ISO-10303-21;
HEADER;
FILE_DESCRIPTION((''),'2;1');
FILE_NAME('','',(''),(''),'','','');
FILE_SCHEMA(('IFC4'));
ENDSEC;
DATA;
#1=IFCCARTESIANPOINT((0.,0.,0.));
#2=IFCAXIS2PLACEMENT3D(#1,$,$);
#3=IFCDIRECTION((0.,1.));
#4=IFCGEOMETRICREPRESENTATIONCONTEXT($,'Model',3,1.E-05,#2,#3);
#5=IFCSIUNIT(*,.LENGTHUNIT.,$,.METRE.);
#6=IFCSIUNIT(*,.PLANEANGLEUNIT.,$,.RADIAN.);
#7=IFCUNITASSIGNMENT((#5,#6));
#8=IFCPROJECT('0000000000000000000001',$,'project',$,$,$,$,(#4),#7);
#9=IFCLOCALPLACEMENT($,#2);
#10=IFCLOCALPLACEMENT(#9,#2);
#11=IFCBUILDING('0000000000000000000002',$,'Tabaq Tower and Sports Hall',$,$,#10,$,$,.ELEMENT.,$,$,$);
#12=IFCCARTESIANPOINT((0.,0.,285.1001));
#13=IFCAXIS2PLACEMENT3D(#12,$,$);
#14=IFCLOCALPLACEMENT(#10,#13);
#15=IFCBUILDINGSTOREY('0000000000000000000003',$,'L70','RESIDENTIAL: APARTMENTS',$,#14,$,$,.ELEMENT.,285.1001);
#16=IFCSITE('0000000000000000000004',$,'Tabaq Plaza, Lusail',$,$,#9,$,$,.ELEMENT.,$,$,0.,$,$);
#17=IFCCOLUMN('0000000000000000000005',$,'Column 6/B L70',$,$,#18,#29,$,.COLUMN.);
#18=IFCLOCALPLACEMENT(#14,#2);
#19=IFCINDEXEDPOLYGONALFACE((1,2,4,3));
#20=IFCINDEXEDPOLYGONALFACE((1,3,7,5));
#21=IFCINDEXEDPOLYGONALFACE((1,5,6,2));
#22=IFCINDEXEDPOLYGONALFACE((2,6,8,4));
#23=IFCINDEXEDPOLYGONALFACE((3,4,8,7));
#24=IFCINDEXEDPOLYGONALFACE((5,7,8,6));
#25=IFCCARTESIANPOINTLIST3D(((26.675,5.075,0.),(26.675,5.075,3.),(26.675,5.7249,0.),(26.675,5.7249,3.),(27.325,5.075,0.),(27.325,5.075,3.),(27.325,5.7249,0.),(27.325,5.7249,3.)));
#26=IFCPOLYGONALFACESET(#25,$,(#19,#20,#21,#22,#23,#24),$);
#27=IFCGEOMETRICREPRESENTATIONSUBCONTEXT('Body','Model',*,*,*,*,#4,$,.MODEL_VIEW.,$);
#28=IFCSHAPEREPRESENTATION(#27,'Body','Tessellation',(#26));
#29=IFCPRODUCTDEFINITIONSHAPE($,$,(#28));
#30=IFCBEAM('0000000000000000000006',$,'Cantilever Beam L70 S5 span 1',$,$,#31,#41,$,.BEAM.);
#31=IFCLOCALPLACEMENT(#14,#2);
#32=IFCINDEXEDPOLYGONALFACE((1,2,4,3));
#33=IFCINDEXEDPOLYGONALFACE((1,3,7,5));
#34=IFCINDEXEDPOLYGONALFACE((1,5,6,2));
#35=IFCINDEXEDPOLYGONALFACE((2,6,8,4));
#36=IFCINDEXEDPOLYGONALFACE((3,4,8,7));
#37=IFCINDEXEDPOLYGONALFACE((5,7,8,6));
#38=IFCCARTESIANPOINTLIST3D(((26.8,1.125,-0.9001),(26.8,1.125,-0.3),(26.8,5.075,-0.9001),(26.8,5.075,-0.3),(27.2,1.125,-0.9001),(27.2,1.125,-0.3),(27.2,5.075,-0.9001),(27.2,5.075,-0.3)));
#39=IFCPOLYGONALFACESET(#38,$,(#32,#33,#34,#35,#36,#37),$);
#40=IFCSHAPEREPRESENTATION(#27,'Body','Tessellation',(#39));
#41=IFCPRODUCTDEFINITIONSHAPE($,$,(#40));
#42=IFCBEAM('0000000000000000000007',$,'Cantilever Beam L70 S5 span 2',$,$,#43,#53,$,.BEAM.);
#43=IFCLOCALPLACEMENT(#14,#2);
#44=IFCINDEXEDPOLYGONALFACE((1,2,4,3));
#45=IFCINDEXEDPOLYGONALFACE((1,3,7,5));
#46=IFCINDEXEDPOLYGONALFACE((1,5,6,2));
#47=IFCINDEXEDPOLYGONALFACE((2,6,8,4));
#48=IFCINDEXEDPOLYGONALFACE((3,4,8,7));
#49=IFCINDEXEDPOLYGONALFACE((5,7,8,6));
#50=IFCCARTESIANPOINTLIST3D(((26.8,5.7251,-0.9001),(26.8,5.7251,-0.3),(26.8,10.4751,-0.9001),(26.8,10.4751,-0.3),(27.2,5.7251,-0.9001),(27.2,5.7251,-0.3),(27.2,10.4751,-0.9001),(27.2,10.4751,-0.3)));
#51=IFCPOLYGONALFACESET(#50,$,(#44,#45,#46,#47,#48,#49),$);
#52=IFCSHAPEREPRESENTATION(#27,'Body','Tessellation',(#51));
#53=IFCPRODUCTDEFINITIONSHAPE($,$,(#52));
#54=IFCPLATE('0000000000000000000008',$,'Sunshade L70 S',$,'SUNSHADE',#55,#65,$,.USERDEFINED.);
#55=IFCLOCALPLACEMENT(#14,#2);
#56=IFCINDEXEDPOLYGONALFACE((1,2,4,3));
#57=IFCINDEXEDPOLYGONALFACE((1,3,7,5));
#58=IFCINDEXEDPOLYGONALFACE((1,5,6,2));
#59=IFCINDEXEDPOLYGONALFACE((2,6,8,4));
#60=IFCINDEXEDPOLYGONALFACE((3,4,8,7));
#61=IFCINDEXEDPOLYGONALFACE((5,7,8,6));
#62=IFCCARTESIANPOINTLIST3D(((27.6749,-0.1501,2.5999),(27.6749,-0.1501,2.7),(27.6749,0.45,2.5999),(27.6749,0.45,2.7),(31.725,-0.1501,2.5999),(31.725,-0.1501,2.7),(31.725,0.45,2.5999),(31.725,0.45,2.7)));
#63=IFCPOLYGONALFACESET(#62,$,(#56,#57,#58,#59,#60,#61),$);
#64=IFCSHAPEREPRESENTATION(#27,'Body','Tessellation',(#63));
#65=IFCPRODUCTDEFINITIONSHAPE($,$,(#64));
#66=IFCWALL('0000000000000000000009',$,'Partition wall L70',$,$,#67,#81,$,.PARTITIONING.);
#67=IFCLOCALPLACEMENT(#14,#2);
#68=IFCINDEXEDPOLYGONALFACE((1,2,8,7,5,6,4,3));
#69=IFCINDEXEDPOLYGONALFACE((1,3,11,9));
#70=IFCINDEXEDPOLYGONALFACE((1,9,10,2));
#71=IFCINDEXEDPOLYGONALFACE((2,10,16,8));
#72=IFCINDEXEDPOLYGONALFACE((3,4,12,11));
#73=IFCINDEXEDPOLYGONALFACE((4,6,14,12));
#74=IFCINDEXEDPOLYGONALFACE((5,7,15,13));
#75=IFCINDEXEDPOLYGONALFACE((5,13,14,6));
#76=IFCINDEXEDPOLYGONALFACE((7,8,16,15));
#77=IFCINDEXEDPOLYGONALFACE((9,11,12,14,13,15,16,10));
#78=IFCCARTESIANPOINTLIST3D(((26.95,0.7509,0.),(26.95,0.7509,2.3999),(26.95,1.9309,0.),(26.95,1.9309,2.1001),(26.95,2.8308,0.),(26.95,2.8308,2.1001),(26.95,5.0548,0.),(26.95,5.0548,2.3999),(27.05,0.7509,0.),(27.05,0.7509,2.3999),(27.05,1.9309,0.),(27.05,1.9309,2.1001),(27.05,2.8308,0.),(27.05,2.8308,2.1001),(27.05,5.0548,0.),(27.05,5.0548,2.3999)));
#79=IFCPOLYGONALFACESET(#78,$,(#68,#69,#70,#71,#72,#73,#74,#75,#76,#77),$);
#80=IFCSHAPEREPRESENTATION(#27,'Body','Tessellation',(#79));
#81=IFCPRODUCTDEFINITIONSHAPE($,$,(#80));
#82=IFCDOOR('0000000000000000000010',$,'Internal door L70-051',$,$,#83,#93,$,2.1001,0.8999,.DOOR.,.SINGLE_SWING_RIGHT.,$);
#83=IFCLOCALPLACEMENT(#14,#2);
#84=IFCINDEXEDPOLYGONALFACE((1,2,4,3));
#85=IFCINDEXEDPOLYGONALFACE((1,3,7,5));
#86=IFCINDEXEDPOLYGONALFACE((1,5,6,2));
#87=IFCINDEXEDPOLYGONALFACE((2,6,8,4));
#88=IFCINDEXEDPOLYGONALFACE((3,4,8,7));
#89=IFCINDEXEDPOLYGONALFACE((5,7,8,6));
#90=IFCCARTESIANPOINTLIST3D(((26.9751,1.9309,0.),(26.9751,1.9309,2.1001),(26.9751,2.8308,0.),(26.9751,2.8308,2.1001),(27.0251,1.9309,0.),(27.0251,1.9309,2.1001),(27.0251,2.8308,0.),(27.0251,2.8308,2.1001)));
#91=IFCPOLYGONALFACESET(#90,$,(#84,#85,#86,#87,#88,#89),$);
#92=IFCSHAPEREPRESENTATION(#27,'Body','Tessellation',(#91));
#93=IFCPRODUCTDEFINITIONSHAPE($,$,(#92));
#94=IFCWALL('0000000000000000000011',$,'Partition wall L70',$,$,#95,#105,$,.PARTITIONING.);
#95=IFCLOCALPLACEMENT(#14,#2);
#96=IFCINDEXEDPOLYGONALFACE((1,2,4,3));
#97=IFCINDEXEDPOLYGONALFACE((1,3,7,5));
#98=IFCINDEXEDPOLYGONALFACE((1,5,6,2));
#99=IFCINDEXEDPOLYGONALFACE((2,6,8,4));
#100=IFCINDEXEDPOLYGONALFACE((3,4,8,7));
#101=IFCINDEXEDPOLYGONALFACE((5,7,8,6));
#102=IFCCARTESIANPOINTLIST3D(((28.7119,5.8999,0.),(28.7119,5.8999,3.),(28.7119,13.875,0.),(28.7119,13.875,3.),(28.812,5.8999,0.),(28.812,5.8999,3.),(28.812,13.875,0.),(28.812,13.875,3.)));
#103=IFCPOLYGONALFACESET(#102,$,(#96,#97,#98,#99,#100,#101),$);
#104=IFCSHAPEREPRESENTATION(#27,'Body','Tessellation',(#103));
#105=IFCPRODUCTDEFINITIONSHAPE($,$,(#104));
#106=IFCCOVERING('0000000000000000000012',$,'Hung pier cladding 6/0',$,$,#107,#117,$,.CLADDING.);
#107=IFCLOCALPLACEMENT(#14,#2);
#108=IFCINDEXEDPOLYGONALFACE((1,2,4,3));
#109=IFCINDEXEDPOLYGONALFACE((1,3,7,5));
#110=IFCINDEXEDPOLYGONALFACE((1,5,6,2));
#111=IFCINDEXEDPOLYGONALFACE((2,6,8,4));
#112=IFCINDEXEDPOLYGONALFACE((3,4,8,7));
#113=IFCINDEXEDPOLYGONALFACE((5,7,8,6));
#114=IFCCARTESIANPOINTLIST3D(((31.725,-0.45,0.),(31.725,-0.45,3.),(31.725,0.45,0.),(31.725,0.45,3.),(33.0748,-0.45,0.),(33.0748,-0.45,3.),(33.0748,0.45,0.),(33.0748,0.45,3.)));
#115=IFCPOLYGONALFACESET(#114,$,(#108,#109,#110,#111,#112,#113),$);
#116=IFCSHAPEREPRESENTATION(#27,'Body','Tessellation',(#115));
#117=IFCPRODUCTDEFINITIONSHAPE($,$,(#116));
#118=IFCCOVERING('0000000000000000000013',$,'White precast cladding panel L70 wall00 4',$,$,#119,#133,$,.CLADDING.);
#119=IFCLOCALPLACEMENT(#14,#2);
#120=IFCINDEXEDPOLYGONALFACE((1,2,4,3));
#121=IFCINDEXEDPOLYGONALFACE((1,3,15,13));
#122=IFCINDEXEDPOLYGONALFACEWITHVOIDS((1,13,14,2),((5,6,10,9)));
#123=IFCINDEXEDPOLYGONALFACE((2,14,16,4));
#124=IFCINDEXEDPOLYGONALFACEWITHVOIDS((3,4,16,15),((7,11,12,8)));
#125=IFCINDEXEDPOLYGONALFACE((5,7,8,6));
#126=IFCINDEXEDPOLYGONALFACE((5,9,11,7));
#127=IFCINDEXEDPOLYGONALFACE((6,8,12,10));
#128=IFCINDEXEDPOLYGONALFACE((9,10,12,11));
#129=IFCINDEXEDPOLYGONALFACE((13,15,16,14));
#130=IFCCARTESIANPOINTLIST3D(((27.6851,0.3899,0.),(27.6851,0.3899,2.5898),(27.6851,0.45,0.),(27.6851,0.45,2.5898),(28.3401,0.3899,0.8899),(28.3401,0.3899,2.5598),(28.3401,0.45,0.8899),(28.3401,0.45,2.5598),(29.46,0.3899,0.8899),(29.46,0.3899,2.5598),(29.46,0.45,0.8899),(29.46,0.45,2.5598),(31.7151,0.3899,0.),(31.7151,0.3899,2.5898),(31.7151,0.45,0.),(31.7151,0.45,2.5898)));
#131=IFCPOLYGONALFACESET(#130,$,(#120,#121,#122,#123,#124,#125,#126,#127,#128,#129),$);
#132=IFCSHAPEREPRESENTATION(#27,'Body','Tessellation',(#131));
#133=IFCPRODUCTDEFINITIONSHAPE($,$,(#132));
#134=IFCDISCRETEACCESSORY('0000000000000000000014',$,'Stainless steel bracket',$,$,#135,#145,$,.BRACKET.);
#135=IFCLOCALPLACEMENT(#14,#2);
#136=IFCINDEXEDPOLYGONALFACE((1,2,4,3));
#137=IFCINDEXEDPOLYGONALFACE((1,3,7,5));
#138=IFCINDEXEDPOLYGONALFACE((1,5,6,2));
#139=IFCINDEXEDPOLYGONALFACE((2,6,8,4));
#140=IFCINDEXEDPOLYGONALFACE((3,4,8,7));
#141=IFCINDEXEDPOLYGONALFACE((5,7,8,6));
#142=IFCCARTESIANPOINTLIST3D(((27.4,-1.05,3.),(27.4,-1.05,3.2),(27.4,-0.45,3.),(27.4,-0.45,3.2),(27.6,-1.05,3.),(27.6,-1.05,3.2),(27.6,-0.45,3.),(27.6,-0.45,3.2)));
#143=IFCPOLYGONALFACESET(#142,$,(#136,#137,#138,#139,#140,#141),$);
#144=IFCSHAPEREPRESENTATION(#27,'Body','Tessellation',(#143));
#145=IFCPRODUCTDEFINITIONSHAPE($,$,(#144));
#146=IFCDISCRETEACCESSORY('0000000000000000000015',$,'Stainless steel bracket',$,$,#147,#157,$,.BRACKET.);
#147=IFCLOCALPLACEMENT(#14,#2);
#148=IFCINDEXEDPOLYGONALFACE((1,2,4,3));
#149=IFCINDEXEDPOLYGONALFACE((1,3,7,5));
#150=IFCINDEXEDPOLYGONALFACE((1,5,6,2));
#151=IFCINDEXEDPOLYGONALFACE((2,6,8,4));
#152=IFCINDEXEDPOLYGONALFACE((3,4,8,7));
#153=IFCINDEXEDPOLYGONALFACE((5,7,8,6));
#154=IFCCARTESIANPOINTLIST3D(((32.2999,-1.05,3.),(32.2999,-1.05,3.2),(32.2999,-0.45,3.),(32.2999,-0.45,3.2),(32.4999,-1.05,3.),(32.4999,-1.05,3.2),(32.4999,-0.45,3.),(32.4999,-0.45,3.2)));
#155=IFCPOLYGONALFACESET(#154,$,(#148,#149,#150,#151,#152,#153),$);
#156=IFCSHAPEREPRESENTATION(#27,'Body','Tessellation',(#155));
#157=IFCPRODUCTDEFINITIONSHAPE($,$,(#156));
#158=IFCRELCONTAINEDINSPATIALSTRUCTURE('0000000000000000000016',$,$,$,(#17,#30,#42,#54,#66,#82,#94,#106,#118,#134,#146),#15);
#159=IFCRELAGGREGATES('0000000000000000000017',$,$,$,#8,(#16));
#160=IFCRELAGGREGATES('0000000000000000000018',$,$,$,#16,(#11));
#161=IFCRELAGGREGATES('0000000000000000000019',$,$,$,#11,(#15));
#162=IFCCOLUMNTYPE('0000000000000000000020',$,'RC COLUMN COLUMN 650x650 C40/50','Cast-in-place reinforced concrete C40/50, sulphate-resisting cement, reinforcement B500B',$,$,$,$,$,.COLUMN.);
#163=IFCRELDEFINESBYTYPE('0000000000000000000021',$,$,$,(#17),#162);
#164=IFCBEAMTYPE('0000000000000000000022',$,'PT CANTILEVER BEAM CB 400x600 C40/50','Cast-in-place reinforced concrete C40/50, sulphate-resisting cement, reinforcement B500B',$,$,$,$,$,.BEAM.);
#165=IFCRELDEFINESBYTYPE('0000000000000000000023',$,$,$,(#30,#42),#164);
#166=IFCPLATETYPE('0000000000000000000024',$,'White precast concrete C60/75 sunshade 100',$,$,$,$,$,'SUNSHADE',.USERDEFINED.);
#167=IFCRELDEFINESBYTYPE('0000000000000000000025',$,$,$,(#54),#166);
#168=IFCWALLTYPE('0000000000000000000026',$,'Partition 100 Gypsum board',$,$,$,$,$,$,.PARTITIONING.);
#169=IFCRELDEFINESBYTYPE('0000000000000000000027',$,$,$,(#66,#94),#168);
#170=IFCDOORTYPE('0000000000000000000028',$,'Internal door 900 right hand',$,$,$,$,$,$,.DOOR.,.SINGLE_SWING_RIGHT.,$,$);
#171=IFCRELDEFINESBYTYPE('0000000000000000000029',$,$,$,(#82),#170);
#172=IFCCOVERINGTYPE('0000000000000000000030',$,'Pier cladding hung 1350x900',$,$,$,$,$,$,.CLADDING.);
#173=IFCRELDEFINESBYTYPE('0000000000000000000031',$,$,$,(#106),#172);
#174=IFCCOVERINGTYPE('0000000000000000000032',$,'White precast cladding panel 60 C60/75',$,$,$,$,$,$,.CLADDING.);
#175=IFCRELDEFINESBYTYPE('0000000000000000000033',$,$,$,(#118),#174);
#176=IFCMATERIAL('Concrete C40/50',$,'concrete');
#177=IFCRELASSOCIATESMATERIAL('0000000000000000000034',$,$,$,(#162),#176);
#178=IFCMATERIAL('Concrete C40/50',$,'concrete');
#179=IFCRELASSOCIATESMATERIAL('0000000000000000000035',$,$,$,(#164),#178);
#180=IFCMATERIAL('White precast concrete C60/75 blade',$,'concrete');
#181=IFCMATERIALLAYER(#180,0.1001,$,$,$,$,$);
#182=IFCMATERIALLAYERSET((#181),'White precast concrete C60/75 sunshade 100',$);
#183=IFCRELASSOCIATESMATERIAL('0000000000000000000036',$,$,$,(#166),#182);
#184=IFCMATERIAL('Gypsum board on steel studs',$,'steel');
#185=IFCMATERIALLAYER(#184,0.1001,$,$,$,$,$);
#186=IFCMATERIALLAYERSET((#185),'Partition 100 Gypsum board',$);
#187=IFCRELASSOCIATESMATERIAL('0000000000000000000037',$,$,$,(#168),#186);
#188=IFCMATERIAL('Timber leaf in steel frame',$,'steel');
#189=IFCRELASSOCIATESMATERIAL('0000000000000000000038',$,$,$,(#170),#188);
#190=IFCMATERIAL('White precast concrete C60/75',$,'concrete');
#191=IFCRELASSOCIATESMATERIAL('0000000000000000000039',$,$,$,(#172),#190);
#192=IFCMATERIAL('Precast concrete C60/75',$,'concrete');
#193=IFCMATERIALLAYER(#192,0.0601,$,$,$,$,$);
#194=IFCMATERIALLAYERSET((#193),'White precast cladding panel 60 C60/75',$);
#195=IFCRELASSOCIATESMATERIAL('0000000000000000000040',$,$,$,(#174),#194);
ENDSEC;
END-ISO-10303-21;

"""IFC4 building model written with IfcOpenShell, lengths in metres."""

from ifc_helpers import new_model, si_unit, direction, frame, frame_2d, origin, origin_2d, place, context, subcontext, project, spatial, polyline, rectangle, outline, extrude, material, layer, layer_set, material_profile, profile_set, type_object, element, fill, save


model = new_model("IFC4")

# Units and contexts
model_context = context("Model", 3, precision=1e-05, world=origin(), true_north=direction((0.0, 1.0)))
body_context = subcontext(model_context, "Body", "Model", "MODEL_VIEW")
ifc_project = project(units=[si_unit("LENGTHUNIT", "METRE"), si_unit("PLANEANGLEUNIT", "RADIAN")], contexts=[model_context])

# Site, building, storey
site_placement = place(None, origin())
site = spatial("IfcSite", under=ifc_project, at=site_placement, Name="Tabaq Plaza, Lusail", CompositionType="ELEMENT", RefElevation=0.0)
building_placement = place(site_placement, origin())
building = spatial("IfcBuilding", under=site, at=building_placement, Name="Tabaq Tower and Sports Hall", CompositionType="ELEMENT")
storey_placement = place(building_placement, frame((0.0, 0.0, 285.1001)))
storey = spatial("IfcBuildingStorey", under=building, at=storey_placement, Name="L70", Description="RESIDENTIAL: APARTMENTS", CompositionType="ELEMENT", Elevation=285.1001)

# Column
ifc_material_1 = material(Name="Concrete C40/50", Category="concrete")
ifc_material_profile_1 = material_profile(ifc_material_1, rectangle(XDim=0.6499, YDim=0.6499, at=origin_2d()), Name="COLUMN 650x650")
ifc_profile_set_1 = profile_set([ifc_material_profile_1], Name="Concrete C40/50")
column_type = type_object("IfcColumnType", Name="RC COLUMN COLUMN 650x650 C40/50", Description="Cast-in-place reinforced concrete C40/50, sulphate-resisting cement, reinforcement B500B", PredefinedType="COLUMN", material=ifc_profile_set_1)
column_placement = place(storey_placement, frame((27.0, 5.3999, 0.0), z_axis=(0.0, 0.0, 1.0), x_axis=(1.0, 0.0, 0.0)))
element("IfcColumn", 1, at=column_placement, inside=storey, type_object=column_type, Name="Column 6/B L70", PredefinedType="COLUMN", context=body_context, shape_type="SweptSolid", body=[
    extrude(rectangle(XDim=0.6499, YDim=0.6499, at=origin_2d()), origin(), (0.0, 0.0, 1.0), 3.0),
])

# Beams
ifc_material_2 = material(Name="Concrete C40/50", Category="concrete")
ifc_material_profile_2 = material_profile(ifc_material_2, rectangle(XDim=0.3999, YDim=0.6001, at=origin_2d()), Name="CB 400x600")
ifc_profile_set_2 = profile_set([ifc_material_profile_2], Name="Concrete C40/50")
beam_type = type_object("IfcBeamType", Name="PT CANTILEVER BEAM CB 400x600 C40/50", Description="Cast-in-place reinforced concrete C40/50, sulphate-resisting cement, reinforcement B500B", PredefinedType="BEAM", material=ifc_profile_set_2)
beam_1_placement = place(storey_placement, frame((27.0, 1.125, -0.6001), z_axis=(0.0, 1.0, 0.0), x_axis=(-1.0, 0.0, 0.0)))
element("IfcBeam", 2, at=beam_1_placement, inside=storey, type_object=beam_type, Name="Cantilever Beam L70 S5 span 1", PredefinedType="BEAM", context=body_context, shape_type="SweptSolid", body=[
    extrude(rectangle(XDim=0.3999, YDim=0.6001, at=origin_2d()), origin(), (0.0, 0.0, 1.0), 3.95),
])
beam_2_placement = place(storey_placement, frame((27.0, 5.7251, -0.6001), z_axis=(0.0, 1.0, 0.0), x_axis=(-1.0, 0.0, 0.0)))
element("IfcBeam", 3, at=beam_2_placement, inside=storey, type_object=beam_type, Name="Cantilever Beam L70 S5 span 2", PredefinedType="BEAM", context=body_context, shape_type="SweptSolid", body=[
    extrude(rectangle(XDim=0.3999, YDim=0.6001, at=origin_2d()), origin(), (0.0, 0.0, 1.0), 4.75),
])

# Plate
ifc_material_3 = material(Name="White precast concrete C60/75 blade", Category="concrete")
ifc_layer_1 = layer(ifc_material_3, 0.1001)
ifc_layer_set_1 = layer_set([ifc_layer_1], Name="White precast concrete C60/75 sunshade 100")
plate_type = type_object("IfcPlateType", Name="White precast concrete C60/75 sunshade 100", ElementType="SUNSHADE", PredefinedType="USERDEFINED", material=ifc_layer_set_1)
plate_placement = place(storey_placement, frame((29.7, 0.1499, 2.5999), z_axis=(0.0, 0.0, 1.0), x_axis=(1.0, 0.0, 0.0)))
element("IfcPlate", 4, at=plate_placement, inside=storey, type_object=plate_type, Name="Sunshade L70 S", ObjectType="SUNSHADE", PredefinedType="USERDEFINED", context=body_context, shape_type="SweptSolid", body=[
    extrude(rectangle(XDim=4.05, YDim=0.6001, at=origin_2d()), origin(), (0.0, 0.0, 1.0), 0.1001),
])

# Wall, opening, door
ifc_material_4 = material(Name="Gypsum board on steel studs", Category="steel")
ifc_layer_2 = layer(ifc_material_4, 0.1001)
ifc_layer_set_2 = layer_set([ifc_layer_2], Name="Partition 100 Gypsum board")
wall_type = type_object("IfcWallType", Name="Partition 100 Gypsum board", PredefinedType="PARTITIONING", material=ifc_layer_set_2)
wall_1_placement = place(storey_placement, frame((27.0, 0.751, 0.0), z_axis=(0.0, 0.0, 1.0), x_axis=(0.0, 1.0, 0.0)))
wall_1 = element("IfcWall", 5, at=wall_1_placement, inside=storey, type_object=wall_type, Name="Partition wall L70", PredefinedType="PARTITIONING", context=body_context, shape_type="SweptSolid", body=[
    extrude(rectangle(XDim=4.304, YDim=0.1001, at=frame_2d((2.1519, 0.0))), origin(), (0.0, 0.0, 1.0), 2.3999),
])
opening_placement = place(wall_1_placement, frame((1.1799, 0.0, 0.0)))
opening = element("IfcOpeningElement", 6, at=opening_placement, cuts=wall_1, PredefinedType="OPENING", context=body_context, shape_type="SweptSolid", body=[
    extrude(rectangle(XDim=0.8999, YDim=2.1001, at=frame_2d((0.45, 1.05))), frame((0.0, 0.05, 0.0), z_axis=(0.0, -1.0, 0.0), x_axis=(1.0, 0.0, 0.0)), (0.0, 0.0, 1.0), 0.1001),
])
ifc_material_5 = material(Name="Timber leaf in steel frame", Category="steel")
door_type = type_object("IfcDoorType", Name="Internal door 900 right hand", OperationType="SINGLE_SWING_RIGHT", PredefinedType="DOOR", material=ifc_material_5)
door_placement = place(opening_placement, origin())
door = element("IfcDoor", 7, at=door_placement, inside=storey, type_object=door_type, Name="Internal door L70-051", OperationType="SINGLE_SWING_RIGHT", OverallHeight=2.1001, OverallWidth=0.8999, PredefinedType="DOOR", context=body_context, shape_type="SweptSolid", body=[
    extrude(rectangle(XDim=0.8999, YDim=2.1001, at=frame_2d((0.45, 1.05))), frame((0.0, 0.0249, 0.0), z_axis=(0.0, -1.0, 0.0), x_axis=(1.0, 0.0, 0.0)), (0.0, 0.0, 1.0), 0.05),
])
fill(opening, door)

# Wall
wall_2_placement = place(storey_placement, frame((28.762, 5.8999, 0.0), z_axis=(0.0, 0.0, 1.0), x_axis=(0.0, 1.0, 0.0)))
element("IfcWall", 8, at=wall_2_placement, inside=storey, type_object=wall_type, Name="Partition wall L70", PredefinedType="PARTITIONING", context=body_context, shape_type="SweptSolid", body=[
    extrude(rectangle(XDim=7.9751, YDim=0.1001, at=frame_2d((3.9875, 0.0))), origin(), (0.0, 0.0, 1.0), 3.0),
])

# Coverings
ifc_material_6 = material(Name="White precast concrete C60/75", Category="concrete")
covering_type_1 = type_object("IfcCoveringType", Name="Pier cladding hung 1350x900", PredefinedType="CLADDING", material=ifc_material_6)
covering_1_placement = place(storey_placement, frame((31.7251, 0.0, 0.0), z_axis=(0.0, 0.0, 1.0), x_axis=(1.0, 0.0, 0.0)))
element("IfcCovering", 9, at=covering_1_placement, inside=storey, type_object=covering_type_1, Name="Hung pier cladding 6/0", PredefinedType="CLADDING", context=body_context, shape_type="SweptSolid", body=[
    extrude(rectangle(XDim=1.3499, YDim=0.8999, at=frame_2d((0.6748, 0.0))), origin(), (0.0, 0.0, 1.0), 3.0),
])
ifc_material_7 = material(Name="Precast concrete C60/75", Category="concrete")
ifc_layer_3 = layer(ifc_material_7, 0.0601)
ifc_layer_set_3 = layer_set([ifc_layer_3], Name="White precast cladding panel 60 C60/75")
covering_type_2 = type_object("IfcCoveringType", Name="White precast cladding panel 60 C60/75", PredefinedType="CLADDING", material=ifc_layer_set_3)
covering_2_placement = place(storey_placement, frame((27.6851, 0.4199, 0.0), z_axis=(0.0, 0.0, 1.0), x_axis=(1.0, 0.0, 0.0)))
element("IfcCovering", 10, at=covering_2_placement, inside=storey, type_object=covering_type_2, Name="White precast cladding panel L70 wall00 4", PredefinedType="CLADDING", context=body_context, shape_type="SweptSolid", body=[
    extrude(outline(polyline([(0.0, 0.0), (4.03, 0.0), (4.03, 2.5898), (0.0, 2.5898), (0.0, 0.0)]), holes=[polyline([(1.7749, 0.8899), (0.655, 0.8899), (0.655, 2.5598), (1.7749, 2.5598), (1.7749, 0.8899)])]), frame((0.0, 0.03, 0.0), z_axis=(0.0, -1.0, 0.0), x_axis=(1.0, 0.0, 0.0)), (0.0, 0.0, 1.0), 0.0601),
])

# Discrete accessories
for number, where, z_axis, x_axis, name in (
    (11, (27.5, -0.75, 3.0), (0.0, 0.0, 1.0), (0.0, -1.0, 0.0), "Stainless steel bracket"),
    (12, (32.3999, -0.75, 3.0), (0.0, 0.0, 1.0), (0.0, -1.0, 0.0), "Stainless steel bracket"),
):
    element("IfcDiscreteAccessory", number, at=place(storey_placement, frame(where, z_axis=z_axis, x_axis=x_axis)), inside=storey, Name=name, PredefinedType="BRACKET", context=body_context, shape_type="SweptSolid", body=[
        extrude(rectangle(XDim=0.6001, YDim=0.2, at=origin_2d()), origin(), (0.0, 0.0, 1.0), 0.2),
    ])

save(model, "model.ifc")
